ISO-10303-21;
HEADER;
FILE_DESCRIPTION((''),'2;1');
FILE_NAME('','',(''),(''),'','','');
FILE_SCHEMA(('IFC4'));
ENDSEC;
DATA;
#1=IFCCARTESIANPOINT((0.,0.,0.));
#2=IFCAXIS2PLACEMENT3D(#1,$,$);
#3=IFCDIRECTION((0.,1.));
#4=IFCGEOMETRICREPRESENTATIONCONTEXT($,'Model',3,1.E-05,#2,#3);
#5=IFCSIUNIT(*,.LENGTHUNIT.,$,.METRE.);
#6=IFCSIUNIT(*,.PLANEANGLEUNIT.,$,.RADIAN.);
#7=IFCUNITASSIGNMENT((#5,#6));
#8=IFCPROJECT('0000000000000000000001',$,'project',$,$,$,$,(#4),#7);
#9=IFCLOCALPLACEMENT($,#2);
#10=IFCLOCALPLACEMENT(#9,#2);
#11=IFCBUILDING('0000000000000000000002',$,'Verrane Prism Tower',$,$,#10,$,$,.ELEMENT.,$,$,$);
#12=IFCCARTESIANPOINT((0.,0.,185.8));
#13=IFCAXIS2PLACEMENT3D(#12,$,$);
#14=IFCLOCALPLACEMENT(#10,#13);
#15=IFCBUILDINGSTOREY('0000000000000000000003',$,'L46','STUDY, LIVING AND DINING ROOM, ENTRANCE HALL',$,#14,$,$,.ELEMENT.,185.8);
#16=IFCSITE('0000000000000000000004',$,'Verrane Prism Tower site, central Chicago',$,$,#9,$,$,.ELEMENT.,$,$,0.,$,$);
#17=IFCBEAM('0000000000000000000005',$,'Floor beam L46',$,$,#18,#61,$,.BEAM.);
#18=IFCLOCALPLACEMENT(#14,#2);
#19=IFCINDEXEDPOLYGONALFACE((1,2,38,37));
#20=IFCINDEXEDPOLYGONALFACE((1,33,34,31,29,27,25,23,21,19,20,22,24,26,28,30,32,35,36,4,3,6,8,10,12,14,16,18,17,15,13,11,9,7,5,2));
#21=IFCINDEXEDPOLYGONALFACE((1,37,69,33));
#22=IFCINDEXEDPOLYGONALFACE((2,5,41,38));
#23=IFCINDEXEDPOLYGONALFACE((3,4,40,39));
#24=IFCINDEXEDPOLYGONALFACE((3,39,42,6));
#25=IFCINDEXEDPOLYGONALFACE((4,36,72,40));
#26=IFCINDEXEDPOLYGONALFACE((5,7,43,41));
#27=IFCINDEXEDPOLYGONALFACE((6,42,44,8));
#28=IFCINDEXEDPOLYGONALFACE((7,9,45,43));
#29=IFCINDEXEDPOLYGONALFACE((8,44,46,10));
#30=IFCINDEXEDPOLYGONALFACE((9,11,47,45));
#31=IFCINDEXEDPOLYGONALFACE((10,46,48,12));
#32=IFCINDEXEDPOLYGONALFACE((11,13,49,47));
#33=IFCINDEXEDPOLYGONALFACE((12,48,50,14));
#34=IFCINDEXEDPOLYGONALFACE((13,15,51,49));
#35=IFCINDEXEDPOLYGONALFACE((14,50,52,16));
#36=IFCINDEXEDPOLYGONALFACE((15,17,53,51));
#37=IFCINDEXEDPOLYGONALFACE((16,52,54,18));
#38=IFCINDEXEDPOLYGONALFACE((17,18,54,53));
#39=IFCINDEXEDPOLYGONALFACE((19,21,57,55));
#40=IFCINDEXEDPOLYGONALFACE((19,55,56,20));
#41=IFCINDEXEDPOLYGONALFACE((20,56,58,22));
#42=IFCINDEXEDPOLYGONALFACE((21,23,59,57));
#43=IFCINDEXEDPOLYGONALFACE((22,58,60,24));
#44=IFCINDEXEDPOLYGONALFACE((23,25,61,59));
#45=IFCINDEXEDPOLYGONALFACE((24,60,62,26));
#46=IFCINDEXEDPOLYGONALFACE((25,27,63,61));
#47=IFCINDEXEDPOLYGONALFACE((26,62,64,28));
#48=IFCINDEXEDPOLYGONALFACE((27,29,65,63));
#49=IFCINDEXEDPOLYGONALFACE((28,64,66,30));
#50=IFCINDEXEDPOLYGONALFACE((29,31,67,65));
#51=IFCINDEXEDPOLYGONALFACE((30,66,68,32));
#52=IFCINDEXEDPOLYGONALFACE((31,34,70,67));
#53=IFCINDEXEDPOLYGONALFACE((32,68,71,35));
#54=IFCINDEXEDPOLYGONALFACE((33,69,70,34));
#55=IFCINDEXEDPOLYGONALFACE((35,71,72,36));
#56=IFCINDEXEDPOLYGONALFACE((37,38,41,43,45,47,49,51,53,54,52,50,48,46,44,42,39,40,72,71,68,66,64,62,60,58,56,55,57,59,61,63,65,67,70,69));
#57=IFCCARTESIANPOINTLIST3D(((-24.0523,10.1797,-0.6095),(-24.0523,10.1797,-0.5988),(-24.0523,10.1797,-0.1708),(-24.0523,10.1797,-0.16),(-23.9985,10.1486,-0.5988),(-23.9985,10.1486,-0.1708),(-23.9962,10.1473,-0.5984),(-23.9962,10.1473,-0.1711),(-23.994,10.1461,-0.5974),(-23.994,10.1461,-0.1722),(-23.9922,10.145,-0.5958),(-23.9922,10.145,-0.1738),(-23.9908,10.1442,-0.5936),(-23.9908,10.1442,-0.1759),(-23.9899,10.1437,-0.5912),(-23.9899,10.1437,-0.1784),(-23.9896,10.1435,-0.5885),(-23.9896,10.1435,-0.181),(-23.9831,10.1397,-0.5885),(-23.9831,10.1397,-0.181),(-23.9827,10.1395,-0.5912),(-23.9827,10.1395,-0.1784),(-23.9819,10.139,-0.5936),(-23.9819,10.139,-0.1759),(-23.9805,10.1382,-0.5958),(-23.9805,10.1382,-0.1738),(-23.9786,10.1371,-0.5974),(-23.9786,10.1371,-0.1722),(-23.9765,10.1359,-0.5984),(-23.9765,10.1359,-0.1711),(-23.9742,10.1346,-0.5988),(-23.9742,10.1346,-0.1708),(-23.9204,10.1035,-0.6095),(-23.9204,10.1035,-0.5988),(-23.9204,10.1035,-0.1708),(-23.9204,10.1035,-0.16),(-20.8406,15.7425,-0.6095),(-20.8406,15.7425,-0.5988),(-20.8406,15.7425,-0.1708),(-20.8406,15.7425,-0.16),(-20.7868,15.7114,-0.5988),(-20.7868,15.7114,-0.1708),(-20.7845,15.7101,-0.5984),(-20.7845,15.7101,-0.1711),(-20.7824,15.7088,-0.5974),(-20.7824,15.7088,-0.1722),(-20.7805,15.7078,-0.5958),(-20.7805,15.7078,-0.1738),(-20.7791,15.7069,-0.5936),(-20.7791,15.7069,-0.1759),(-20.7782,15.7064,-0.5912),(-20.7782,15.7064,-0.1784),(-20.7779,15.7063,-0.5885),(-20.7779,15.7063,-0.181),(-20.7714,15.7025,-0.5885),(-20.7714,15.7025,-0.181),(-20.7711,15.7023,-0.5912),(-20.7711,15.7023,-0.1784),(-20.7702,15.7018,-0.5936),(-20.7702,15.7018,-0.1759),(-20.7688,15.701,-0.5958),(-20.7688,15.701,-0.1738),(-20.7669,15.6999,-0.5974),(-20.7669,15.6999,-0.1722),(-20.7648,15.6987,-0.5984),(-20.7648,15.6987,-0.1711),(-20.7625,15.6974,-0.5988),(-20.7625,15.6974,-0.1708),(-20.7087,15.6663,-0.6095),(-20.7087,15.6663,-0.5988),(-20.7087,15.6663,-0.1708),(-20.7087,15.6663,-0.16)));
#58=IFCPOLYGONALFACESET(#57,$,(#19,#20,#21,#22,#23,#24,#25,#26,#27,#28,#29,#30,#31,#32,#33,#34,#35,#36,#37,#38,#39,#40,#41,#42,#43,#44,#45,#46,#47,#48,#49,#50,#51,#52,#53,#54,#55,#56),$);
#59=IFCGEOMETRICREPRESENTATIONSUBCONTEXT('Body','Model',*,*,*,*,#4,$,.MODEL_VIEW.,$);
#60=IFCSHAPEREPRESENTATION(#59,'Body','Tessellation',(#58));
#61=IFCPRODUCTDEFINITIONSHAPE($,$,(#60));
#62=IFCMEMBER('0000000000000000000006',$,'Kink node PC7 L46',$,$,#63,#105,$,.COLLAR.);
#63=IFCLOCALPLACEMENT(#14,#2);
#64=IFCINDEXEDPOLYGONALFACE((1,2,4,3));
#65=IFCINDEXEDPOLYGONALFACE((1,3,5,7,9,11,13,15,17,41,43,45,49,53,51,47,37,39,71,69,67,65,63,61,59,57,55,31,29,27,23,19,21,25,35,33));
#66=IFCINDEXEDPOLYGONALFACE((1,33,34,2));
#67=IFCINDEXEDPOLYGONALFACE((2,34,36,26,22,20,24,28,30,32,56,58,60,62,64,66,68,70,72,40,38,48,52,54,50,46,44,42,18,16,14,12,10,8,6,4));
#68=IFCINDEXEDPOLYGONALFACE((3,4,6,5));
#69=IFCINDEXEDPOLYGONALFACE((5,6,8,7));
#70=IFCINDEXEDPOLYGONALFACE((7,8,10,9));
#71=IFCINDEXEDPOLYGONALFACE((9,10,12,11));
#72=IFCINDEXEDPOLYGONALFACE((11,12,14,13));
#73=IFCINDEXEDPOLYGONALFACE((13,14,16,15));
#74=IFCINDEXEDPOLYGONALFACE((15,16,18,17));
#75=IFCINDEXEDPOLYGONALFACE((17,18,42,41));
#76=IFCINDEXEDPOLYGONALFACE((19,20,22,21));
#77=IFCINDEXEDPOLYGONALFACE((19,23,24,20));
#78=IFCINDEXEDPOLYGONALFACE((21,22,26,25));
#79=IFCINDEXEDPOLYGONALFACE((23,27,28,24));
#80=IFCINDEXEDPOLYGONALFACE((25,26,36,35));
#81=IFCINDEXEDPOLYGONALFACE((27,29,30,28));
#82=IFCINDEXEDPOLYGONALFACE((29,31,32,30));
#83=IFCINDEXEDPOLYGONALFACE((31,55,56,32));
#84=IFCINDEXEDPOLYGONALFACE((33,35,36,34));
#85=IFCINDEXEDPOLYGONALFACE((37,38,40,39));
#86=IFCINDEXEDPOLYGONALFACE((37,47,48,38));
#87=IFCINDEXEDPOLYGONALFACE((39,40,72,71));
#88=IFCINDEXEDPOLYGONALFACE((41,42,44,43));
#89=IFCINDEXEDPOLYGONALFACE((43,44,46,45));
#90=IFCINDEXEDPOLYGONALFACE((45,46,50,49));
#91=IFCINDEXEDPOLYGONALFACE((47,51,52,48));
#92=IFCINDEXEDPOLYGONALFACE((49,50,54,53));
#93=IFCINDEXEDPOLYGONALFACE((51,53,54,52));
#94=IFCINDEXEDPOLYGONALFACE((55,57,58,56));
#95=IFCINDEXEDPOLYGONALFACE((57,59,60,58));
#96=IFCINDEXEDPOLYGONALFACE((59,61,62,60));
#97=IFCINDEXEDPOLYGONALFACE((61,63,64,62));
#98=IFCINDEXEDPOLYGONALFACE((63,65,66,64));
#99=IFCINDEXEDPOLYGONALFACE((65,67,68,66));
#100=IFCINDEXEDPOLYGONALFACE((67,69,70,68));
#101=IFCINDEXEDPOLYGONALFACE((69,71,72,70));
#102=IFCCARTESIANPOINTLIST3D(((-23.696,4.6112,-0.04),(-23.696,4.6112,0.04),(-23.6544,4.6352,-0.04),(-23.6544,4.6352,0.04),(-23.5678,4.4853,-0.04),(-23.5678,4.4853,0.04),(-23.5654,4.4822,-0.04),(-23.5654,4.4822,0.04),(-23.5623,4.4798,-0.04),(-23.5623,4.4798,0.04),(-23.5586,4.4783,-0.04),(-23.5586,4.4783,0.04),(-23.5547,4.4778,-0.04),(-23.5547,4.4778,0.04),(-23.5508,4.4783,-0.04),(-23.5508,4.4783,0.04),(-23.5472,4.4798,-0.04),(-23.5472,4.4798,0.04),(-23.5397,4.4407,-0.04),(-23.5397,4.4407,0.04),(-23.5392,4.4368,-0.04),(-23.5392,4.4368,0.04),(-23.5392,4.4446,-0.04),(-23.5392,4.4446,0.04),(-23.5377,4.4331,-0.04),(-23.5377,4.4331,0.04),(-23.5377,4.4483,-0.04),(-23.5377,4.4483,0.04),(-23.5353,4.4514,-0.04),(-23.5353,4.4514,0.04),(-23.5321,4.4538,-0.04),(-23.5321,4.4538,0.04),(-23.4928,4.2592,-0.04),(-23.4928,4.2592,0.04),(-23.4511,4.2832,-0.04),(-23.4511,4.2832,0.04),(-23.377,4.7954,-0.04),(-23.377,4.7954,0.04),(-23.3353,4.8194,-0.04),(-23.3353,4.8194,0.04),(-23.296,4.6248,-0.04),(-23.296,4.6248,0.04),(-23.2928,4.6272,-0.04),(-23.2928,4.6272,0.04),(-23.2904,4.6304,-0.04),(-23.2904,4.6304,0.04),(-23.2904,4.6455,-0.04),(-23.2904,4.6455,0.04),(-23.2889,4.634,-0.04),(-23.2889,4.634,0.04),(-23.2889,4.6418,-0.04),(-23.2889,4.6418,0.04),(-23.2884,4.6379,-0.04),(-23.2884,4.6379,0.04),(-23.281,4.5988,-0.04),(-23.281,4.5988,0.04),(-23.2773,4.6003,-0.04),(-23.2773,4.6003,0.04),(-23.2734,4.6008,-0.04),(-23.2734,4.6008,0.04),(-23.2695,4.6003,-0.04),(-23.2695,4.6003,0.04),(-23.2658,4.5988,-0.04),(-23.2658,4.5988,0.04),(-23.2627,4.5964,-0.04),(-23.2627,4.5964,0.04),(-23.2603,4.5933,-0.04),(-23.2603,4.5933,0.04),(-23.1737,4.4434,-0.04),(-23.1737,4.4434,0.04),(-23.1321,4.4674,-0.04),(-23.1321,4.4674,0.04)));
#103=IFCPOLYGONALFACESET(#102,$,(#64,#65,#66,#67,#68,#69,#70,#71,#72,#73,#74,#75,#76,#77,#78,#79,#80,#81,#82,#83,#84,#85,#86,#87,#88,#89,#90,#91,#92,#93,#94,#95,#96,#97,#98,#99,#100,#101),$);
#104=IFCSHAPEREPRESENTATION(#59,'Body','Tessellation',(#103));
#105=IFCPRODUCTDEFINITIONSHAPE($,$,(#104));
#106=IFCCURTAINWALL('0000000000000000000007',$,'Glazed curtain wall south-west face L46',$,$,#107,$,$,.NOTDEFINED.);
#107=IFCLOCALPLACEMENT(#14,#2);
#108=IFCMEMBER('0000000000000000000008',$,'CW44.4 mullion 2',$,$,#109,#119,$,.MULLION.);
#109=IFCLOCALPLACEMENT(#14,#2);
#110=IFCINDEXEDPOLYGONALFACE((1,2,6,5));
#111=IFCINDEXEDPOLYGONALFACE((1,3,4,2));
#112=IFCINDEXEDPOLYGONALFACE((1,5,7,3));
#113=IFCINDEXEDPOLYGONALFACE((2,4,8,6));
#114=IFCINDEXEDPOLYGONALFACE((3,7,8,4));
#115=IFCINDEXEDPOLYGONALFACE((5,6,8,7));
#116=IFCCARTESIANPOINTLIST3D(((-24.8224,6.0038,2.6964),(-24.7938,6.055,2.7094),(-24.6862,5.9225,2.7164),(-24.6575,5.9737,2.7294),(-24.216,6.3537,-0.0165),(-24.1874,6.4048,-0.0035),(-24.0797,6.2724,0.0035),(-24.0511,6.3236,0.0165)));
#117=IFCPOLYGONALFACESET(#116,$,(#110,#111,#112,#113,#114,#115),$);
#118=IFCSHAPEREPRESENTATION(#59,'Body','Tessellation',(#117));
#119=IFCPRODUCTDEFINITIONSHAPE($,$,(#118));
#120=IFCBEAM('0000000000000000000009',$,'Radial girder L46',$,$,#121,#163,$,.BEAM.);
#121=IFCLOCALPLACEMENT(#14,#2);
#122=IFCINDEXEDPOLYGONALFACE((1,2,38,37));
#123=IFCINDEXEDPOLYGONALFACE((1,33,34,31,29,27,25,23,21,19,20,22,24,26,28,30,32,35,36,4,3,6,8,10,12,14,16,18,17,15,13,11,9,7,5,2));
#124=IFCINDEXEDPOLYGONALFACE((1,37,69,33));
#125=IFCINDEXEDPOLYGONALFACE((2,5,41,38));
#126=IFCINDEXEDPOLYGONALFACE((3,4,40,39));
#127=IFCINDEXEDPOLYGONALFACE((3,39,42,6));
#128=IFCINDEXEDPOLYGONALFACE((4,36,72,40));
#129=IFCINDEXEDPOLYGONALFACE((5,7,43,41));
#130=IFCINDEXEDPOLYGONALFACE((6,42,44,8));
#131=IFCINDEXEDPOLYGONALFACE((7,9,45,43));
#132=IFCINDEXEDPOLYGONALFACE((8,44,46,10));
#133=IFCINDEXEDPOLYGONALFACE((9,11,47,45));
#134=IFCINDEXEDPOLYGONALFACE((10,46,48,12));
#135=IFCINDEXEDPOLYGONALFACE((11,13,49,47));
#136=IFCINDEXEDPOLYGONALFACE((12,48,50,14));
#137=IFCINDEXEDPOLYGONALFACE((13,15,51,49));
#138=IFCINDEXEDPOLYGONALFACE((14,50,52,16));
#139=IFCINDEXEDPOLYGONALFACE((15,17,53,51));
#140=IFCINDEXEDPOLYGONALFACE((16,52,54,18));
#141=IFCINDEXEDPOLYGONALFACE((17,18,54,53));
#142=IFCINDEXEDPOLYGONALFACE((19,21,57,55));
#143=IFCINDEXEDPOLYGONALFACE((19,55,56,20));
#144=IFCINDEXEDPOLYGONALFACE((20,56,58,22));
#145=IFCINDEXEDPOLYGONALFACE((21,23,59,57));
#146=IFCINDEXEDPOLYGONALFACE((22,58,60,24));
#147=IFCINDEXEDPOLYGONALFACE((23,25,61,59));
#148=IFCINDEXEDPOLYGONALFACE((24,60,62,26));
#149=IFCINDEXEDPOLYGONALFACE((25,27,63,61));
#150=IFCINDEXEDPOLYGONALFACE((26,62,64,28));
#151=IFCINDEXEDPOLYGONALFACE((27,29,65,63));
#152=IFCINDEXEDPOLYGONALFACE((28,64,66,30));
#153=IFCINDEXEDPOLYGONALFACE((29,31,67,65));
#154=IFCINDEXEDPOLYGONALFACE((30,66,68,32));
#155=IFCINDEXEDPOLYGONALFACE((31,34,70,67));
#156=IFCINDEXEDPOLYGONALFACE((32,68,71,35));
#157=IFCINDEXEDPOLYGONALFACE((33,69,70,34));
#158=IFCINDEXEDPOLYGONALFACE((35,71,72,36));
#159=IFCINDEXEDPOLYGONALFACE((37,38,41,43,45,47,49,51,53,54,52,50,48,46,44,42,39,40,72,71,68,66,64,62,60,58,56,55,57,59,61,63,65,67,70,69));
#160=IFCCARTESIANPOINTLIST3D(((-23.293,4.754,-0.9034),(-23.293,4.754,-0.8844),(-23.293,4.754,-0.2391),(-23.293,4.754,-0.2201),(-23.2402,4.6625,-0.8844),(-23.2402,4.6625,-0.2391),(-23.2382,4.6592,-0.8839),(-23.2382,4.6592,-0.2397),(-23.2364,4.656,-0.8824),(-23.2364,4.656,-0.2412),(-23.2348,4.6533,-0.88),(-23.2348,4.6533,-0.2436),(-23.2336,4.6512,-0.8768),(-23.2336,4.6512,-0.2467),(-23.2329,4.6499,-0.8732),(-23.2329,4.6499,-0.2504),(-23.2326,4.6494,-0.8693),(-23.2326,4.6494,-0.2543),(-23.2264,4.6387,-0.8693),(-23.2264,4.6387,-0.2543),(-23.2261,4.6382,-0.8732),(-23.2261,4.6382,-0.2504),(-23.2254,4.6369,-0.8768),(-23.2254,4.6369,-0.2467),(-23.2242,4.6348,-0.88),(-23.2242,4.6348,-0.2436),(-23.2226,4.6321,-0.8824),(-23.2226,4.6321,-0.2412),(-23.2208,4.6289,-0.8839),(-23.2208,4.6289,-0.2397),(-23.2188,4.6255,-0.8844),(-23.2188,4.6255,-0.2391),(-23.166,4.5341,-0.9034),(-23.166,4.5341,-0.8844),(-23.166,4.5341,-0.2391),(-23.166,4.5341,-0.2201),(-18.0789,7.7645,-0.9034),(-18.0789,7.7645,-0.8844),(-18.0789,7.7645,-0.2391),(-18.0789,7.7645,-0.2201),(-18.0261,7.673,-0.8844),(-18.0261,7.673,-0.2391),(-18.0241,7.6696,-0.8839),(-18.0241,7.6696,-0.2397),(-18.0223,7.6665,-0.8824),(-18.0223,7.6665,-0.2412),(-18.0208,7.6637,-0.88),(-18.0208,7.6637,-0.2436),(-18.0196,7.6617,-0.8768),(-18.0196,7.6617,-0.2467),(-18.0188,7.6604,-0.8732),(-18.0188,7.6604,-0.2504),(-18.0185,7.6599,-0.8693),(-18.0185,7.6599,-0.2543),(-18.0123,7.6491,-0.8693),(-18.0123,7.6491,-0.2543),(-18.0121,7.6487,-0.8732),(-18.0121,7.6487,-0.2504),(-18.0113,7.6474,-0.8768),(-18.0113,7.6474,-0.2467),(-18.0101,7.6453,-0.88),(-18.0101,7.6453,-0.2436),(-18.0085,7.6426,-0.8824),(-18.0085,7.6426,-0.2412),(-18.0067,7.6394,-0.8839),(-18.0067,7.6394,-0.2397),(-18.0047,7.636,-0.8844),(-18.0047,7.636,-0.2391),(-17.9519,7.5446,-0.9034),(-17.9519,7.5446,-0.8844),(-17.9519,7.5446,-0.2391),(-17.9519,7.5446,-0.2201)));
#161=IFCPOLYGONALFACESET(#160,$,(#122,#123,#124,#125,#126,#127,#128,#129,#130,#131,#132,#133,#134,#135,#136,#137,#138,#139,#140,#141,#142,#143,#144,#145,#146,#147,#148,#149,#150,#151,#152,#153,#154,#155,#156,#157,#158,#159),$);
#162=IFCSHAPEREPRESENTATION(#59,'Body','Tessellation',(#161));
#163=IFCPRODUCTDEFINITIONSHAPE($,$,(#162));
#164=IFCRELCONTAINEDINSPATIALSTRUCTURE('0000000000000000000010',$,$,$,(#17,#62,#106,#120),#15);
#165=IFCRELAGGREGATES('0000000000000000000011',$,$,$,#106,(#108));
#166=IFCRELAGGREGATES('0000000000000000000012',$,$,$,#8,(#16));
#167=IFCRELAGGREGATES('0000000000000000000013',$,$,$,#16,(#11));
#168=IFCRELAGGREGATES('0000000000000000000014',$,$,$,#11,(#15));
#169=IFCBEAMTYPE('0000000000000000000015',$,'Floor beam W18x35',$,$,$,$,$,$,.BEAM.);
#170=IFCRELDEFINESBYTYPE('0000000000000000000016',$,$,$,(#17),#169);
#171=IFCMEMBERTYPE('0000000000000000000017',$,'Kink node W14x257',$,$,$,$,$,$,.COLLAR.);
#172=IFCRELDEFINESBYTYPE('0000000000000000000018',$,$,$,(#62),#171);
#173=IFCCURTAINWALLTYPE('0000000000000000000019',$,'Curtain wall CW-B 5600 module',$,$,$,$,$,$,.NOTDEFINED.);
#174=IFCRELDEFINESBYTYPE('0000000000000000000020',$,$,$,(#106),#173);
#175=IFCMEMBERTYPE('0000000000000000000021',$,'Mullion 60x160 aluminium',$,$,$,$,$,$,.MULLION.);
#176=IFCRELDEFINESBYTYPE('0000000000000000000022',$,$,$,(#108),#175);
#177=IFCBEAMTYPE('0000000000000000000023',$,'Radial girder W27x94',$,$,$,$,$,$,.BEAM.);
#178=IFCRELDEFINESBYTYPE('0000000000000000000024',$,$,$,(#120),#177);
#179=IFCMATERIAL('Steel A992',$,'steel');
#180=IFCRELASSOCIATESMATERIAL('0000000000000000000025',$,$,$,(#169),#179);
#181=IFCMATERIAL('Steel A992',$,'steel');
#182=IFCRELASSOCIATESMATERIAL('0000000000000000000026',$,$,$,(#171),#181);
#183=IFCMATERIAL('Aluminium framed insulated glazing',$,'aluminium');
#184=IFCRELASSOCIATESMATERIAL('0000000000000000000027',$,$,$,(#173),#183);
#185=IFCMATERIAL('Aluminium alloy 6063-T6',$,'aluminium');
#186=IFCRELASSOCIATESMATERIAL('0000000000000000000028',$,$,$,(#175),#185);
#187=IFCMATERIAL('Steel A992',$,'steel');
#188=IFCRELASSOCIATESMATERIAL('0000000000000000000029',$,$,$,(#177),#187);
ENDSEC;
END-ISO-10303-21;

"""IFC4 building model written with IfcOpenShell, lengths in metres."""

from ifc_helpers import new_model, si_unit, direction, frame, origin, origin_2d, place, context, subcontext, project, spatial, rectangle, i_section, extrude, material, material_profile, profile_set, type_object, element, aggregate, save


model = new_model("IFC4")

# Units and contexts
model_context = context("Model", 3, precision=1e-05, world=origin(), true_north=direction((0.0, 1.0)))
body_context = subcontext(model_context, "Body", "Model", "MODEL_VIEW")
ifc_project = project(units=[si_unit("LENGTHUNIT", "METRE"), si_unit("PLANEANGLEUNIT", "RADIAN")], contexts=[model_context])

# Site, building, storey
site_placement = place(None, origin())
site = spatial("IfcSite", under=ifc_project, at=site_placement, Name="Verrane Prism Tower site, central Chicago", CompositionType="ELEMENT", RefElevation=0.0)
building_placement = place(site_placement, origin())
building = spatial("IfcBuilding", under=site, at=building_placement, Name="Verrane Prism Tower", CompositionType="ELEMENT")
storey_placement = place(building_placement, frame((0.0, 0.0, 185.8)))
storey = spatial("IfcBuildingStorey", under=building, at=storey_placement, Name="L46", Description="STUDY, LIVING AND DINING ROOM, ENTRANCE HALL", CompositionType="ELEMENT", Elevation=185.8)

# Beam
ifc_material_1 = material(Name="Steel A992", Category="steel")
ifc_material_profile_1 = material_profile(ifc_material_1, i_section(OverallWidth=0.1523, OverallDepth=0.4495, WebThickness=0.0076, FlangeThickness=0.0107, FilletRadius=0.0103, at=origin_2d()), Name="W18x35")
ifc_profile_set_1 = profile_set([ifc_material_profile_1], Name="Steel A992")
beam_type_1 = type_object("IfcBeamType", Name="Floor beam W18x35", PredefinedType="BEAM", material=ifc_profile_set_1)
beam_1_placement = place(storey_placement, frame((-23.9863, 10.1416, -0.3848), z_axis=(0.500002, 0.866024, 0.0), x_axis=(-0.866024, 0.500002, 0.0)))
element("IfcBeam", 1, at=beam_1_placement, inside=storey, type_object=beam_type_1, Name="Floor beam L46", PredefinedType="BEAM", context=body_context, shape_type="SweptSolid", body=[
    extrude(i_section(OverallWidth=0.1523, OverallDepth=0.4495, WebThickness=0.0076, FlangeThickness=0.0107, FilletRadius=0.0103, at=origin_2d()), origin(), (0.0, 0.0, 1.0), 6.4233),
])

# Member
ifc_material_2 = material(Name="Steel A992", Category="steel")
ifc_material_profile_2 = material_profile(ifc_material_2, i_section(OverallWidth=0.4065, OverallDepth=0.4165, WebThickness=0.03, FlangeThickness=0.0481, FilletRadius=0.0151, at=origin_2d()), Name="W14x257")
ifc_profile_set_2 = profile_set([ifc_material_profile_2], Name="Steel A992")
member_type_1 = type_object("IfcMemberType", Name="Kink node W14x257", PredefinedType="COLLAR", material=ifc_profile_set_2)
member_1_placement = place(storey_placement, frame((-23.4141, 4.5393, -0.04), z_axis=(0.0, 0.0, 1.0), x_axis=(-0.5, 0.866025, 0.0)))
element("IfcMember", 2, at=member_1_placement, inside=storey, type_object=member_type_1, Name="Kink node PC7 L46", PredefinedType="COLLAR", context=body_context, shape_type="SweptSolid", body=[
    extrude(i_section(OverallWidth=0.4065, OverallDepth=0.4165, WebThickness=0.03, FlangeThickness=0.0481, FilletRadius=0.0151, at=origin_2d()), origin(), (0.0, 0.0, 1.0), 0.0801),
])

# Curtain wall, member
ifc_material_3 = material(Name="Aluminium framed insulated glazing", Category="aluminium")
curtain_wall_type = type_object("IfcCurtainWallType", Name="Curtain wall CW-B 5600 module", PredefinedType="NOTDEFINED", material=ifc_material_3)
curtain_wall_placement = place(storey_placement, origin())
curtain_wall = element("IfcCurtainWall", 3, at=curtain_wall_placement, inside=storey, type_object=curtain_wall_type, Name="Glazed curtain wall south-west face L46", PredefinedType="NOTDEFINED")
ifc_material_4 = material(Name="Aluminium alloy 6063-T6", Category="aluminium")
ifc_material_profile_3 = material_profile(ifc_material_4, rectangle(XDim=0.1599, YDim=0.0601, at=origin_2d()), Name="Mullion 60x160 aluminium")
ifc_profile_set_3 = profile_set([ifc_material_profile_3], Name="Aluminium alloy 6063-T6")
member_type_2 = type_object("IfcMemberType", Name="Mullion 60x160 aluminium", PredefinedType="MULLION", material=ifc_profile_set_3)
member_2_placement = place(storey_placement, frame((-24.1335, 6.3386, 0.0), z_axis=(-0.21645, -0.124868, 0.968275), x_axis=(0.852113, -0.508225, 0.124943)))
member_2 = element("IfcMember", 4, at=member_2_placement, type_object=member_type_2, Name="CW44.4 mullion 2", PredefinedType="MULLION", context=body_context, shape_type="SweptSolid", body=[
    extrude(rectangle(XDim=0.1599, YDim=0.0601, at=origin_2d()), origin(), (0.0, 0.0, 1.0), 2.8018),
])

# Beam
ifc_material_5 = material(Name="Steel A992", Category="steel")
ifc_material_profile_4 = material_profile(ifc_material_5, i_section(OverallWidth=0.2539, OverallDepth=0.6833, WebThickness=0.0125, FlangeThickness=0.019, FilletRadius=0.0151, at=origin_2d()), Name="W27x94")
ifc_profile_set_4 = profile_set([ifc_material_profile_4], Name="Steel A992")
beam_type_2 = type_object("IfcBeamType", Name="Radial girder W27x94", PredefinedType="BEAM", material=ifc_profile_set_4)
beam_2_placement = place(storey_placement, frame((-23.2295, 4.644, -0.5618), z_axis=(0.866016, 0.500016, 0.0), x_axis=(-0.500016, 0.866016, 0.0)))
element("IfcBeam", 5, at=beam_2_placement, inside=storey, type_object=beam_type_2, Name="Radial girder L46", PredefinedType="BEAM", context=body_context, shape_type="SweptSolid", body=[
    extrude(i_section(OverallWidth=0.2539, OverallDepth=0.6833, WebThickness=0.0125, FlangeThickness=0.019, FilletRadius=0.0151, at=origin_2d()), origin(), (0.0, 0.0, 1.0), 6.0208),
])

aggregate(curtain_wall, [member_2])

save(model, "model.ifc")
